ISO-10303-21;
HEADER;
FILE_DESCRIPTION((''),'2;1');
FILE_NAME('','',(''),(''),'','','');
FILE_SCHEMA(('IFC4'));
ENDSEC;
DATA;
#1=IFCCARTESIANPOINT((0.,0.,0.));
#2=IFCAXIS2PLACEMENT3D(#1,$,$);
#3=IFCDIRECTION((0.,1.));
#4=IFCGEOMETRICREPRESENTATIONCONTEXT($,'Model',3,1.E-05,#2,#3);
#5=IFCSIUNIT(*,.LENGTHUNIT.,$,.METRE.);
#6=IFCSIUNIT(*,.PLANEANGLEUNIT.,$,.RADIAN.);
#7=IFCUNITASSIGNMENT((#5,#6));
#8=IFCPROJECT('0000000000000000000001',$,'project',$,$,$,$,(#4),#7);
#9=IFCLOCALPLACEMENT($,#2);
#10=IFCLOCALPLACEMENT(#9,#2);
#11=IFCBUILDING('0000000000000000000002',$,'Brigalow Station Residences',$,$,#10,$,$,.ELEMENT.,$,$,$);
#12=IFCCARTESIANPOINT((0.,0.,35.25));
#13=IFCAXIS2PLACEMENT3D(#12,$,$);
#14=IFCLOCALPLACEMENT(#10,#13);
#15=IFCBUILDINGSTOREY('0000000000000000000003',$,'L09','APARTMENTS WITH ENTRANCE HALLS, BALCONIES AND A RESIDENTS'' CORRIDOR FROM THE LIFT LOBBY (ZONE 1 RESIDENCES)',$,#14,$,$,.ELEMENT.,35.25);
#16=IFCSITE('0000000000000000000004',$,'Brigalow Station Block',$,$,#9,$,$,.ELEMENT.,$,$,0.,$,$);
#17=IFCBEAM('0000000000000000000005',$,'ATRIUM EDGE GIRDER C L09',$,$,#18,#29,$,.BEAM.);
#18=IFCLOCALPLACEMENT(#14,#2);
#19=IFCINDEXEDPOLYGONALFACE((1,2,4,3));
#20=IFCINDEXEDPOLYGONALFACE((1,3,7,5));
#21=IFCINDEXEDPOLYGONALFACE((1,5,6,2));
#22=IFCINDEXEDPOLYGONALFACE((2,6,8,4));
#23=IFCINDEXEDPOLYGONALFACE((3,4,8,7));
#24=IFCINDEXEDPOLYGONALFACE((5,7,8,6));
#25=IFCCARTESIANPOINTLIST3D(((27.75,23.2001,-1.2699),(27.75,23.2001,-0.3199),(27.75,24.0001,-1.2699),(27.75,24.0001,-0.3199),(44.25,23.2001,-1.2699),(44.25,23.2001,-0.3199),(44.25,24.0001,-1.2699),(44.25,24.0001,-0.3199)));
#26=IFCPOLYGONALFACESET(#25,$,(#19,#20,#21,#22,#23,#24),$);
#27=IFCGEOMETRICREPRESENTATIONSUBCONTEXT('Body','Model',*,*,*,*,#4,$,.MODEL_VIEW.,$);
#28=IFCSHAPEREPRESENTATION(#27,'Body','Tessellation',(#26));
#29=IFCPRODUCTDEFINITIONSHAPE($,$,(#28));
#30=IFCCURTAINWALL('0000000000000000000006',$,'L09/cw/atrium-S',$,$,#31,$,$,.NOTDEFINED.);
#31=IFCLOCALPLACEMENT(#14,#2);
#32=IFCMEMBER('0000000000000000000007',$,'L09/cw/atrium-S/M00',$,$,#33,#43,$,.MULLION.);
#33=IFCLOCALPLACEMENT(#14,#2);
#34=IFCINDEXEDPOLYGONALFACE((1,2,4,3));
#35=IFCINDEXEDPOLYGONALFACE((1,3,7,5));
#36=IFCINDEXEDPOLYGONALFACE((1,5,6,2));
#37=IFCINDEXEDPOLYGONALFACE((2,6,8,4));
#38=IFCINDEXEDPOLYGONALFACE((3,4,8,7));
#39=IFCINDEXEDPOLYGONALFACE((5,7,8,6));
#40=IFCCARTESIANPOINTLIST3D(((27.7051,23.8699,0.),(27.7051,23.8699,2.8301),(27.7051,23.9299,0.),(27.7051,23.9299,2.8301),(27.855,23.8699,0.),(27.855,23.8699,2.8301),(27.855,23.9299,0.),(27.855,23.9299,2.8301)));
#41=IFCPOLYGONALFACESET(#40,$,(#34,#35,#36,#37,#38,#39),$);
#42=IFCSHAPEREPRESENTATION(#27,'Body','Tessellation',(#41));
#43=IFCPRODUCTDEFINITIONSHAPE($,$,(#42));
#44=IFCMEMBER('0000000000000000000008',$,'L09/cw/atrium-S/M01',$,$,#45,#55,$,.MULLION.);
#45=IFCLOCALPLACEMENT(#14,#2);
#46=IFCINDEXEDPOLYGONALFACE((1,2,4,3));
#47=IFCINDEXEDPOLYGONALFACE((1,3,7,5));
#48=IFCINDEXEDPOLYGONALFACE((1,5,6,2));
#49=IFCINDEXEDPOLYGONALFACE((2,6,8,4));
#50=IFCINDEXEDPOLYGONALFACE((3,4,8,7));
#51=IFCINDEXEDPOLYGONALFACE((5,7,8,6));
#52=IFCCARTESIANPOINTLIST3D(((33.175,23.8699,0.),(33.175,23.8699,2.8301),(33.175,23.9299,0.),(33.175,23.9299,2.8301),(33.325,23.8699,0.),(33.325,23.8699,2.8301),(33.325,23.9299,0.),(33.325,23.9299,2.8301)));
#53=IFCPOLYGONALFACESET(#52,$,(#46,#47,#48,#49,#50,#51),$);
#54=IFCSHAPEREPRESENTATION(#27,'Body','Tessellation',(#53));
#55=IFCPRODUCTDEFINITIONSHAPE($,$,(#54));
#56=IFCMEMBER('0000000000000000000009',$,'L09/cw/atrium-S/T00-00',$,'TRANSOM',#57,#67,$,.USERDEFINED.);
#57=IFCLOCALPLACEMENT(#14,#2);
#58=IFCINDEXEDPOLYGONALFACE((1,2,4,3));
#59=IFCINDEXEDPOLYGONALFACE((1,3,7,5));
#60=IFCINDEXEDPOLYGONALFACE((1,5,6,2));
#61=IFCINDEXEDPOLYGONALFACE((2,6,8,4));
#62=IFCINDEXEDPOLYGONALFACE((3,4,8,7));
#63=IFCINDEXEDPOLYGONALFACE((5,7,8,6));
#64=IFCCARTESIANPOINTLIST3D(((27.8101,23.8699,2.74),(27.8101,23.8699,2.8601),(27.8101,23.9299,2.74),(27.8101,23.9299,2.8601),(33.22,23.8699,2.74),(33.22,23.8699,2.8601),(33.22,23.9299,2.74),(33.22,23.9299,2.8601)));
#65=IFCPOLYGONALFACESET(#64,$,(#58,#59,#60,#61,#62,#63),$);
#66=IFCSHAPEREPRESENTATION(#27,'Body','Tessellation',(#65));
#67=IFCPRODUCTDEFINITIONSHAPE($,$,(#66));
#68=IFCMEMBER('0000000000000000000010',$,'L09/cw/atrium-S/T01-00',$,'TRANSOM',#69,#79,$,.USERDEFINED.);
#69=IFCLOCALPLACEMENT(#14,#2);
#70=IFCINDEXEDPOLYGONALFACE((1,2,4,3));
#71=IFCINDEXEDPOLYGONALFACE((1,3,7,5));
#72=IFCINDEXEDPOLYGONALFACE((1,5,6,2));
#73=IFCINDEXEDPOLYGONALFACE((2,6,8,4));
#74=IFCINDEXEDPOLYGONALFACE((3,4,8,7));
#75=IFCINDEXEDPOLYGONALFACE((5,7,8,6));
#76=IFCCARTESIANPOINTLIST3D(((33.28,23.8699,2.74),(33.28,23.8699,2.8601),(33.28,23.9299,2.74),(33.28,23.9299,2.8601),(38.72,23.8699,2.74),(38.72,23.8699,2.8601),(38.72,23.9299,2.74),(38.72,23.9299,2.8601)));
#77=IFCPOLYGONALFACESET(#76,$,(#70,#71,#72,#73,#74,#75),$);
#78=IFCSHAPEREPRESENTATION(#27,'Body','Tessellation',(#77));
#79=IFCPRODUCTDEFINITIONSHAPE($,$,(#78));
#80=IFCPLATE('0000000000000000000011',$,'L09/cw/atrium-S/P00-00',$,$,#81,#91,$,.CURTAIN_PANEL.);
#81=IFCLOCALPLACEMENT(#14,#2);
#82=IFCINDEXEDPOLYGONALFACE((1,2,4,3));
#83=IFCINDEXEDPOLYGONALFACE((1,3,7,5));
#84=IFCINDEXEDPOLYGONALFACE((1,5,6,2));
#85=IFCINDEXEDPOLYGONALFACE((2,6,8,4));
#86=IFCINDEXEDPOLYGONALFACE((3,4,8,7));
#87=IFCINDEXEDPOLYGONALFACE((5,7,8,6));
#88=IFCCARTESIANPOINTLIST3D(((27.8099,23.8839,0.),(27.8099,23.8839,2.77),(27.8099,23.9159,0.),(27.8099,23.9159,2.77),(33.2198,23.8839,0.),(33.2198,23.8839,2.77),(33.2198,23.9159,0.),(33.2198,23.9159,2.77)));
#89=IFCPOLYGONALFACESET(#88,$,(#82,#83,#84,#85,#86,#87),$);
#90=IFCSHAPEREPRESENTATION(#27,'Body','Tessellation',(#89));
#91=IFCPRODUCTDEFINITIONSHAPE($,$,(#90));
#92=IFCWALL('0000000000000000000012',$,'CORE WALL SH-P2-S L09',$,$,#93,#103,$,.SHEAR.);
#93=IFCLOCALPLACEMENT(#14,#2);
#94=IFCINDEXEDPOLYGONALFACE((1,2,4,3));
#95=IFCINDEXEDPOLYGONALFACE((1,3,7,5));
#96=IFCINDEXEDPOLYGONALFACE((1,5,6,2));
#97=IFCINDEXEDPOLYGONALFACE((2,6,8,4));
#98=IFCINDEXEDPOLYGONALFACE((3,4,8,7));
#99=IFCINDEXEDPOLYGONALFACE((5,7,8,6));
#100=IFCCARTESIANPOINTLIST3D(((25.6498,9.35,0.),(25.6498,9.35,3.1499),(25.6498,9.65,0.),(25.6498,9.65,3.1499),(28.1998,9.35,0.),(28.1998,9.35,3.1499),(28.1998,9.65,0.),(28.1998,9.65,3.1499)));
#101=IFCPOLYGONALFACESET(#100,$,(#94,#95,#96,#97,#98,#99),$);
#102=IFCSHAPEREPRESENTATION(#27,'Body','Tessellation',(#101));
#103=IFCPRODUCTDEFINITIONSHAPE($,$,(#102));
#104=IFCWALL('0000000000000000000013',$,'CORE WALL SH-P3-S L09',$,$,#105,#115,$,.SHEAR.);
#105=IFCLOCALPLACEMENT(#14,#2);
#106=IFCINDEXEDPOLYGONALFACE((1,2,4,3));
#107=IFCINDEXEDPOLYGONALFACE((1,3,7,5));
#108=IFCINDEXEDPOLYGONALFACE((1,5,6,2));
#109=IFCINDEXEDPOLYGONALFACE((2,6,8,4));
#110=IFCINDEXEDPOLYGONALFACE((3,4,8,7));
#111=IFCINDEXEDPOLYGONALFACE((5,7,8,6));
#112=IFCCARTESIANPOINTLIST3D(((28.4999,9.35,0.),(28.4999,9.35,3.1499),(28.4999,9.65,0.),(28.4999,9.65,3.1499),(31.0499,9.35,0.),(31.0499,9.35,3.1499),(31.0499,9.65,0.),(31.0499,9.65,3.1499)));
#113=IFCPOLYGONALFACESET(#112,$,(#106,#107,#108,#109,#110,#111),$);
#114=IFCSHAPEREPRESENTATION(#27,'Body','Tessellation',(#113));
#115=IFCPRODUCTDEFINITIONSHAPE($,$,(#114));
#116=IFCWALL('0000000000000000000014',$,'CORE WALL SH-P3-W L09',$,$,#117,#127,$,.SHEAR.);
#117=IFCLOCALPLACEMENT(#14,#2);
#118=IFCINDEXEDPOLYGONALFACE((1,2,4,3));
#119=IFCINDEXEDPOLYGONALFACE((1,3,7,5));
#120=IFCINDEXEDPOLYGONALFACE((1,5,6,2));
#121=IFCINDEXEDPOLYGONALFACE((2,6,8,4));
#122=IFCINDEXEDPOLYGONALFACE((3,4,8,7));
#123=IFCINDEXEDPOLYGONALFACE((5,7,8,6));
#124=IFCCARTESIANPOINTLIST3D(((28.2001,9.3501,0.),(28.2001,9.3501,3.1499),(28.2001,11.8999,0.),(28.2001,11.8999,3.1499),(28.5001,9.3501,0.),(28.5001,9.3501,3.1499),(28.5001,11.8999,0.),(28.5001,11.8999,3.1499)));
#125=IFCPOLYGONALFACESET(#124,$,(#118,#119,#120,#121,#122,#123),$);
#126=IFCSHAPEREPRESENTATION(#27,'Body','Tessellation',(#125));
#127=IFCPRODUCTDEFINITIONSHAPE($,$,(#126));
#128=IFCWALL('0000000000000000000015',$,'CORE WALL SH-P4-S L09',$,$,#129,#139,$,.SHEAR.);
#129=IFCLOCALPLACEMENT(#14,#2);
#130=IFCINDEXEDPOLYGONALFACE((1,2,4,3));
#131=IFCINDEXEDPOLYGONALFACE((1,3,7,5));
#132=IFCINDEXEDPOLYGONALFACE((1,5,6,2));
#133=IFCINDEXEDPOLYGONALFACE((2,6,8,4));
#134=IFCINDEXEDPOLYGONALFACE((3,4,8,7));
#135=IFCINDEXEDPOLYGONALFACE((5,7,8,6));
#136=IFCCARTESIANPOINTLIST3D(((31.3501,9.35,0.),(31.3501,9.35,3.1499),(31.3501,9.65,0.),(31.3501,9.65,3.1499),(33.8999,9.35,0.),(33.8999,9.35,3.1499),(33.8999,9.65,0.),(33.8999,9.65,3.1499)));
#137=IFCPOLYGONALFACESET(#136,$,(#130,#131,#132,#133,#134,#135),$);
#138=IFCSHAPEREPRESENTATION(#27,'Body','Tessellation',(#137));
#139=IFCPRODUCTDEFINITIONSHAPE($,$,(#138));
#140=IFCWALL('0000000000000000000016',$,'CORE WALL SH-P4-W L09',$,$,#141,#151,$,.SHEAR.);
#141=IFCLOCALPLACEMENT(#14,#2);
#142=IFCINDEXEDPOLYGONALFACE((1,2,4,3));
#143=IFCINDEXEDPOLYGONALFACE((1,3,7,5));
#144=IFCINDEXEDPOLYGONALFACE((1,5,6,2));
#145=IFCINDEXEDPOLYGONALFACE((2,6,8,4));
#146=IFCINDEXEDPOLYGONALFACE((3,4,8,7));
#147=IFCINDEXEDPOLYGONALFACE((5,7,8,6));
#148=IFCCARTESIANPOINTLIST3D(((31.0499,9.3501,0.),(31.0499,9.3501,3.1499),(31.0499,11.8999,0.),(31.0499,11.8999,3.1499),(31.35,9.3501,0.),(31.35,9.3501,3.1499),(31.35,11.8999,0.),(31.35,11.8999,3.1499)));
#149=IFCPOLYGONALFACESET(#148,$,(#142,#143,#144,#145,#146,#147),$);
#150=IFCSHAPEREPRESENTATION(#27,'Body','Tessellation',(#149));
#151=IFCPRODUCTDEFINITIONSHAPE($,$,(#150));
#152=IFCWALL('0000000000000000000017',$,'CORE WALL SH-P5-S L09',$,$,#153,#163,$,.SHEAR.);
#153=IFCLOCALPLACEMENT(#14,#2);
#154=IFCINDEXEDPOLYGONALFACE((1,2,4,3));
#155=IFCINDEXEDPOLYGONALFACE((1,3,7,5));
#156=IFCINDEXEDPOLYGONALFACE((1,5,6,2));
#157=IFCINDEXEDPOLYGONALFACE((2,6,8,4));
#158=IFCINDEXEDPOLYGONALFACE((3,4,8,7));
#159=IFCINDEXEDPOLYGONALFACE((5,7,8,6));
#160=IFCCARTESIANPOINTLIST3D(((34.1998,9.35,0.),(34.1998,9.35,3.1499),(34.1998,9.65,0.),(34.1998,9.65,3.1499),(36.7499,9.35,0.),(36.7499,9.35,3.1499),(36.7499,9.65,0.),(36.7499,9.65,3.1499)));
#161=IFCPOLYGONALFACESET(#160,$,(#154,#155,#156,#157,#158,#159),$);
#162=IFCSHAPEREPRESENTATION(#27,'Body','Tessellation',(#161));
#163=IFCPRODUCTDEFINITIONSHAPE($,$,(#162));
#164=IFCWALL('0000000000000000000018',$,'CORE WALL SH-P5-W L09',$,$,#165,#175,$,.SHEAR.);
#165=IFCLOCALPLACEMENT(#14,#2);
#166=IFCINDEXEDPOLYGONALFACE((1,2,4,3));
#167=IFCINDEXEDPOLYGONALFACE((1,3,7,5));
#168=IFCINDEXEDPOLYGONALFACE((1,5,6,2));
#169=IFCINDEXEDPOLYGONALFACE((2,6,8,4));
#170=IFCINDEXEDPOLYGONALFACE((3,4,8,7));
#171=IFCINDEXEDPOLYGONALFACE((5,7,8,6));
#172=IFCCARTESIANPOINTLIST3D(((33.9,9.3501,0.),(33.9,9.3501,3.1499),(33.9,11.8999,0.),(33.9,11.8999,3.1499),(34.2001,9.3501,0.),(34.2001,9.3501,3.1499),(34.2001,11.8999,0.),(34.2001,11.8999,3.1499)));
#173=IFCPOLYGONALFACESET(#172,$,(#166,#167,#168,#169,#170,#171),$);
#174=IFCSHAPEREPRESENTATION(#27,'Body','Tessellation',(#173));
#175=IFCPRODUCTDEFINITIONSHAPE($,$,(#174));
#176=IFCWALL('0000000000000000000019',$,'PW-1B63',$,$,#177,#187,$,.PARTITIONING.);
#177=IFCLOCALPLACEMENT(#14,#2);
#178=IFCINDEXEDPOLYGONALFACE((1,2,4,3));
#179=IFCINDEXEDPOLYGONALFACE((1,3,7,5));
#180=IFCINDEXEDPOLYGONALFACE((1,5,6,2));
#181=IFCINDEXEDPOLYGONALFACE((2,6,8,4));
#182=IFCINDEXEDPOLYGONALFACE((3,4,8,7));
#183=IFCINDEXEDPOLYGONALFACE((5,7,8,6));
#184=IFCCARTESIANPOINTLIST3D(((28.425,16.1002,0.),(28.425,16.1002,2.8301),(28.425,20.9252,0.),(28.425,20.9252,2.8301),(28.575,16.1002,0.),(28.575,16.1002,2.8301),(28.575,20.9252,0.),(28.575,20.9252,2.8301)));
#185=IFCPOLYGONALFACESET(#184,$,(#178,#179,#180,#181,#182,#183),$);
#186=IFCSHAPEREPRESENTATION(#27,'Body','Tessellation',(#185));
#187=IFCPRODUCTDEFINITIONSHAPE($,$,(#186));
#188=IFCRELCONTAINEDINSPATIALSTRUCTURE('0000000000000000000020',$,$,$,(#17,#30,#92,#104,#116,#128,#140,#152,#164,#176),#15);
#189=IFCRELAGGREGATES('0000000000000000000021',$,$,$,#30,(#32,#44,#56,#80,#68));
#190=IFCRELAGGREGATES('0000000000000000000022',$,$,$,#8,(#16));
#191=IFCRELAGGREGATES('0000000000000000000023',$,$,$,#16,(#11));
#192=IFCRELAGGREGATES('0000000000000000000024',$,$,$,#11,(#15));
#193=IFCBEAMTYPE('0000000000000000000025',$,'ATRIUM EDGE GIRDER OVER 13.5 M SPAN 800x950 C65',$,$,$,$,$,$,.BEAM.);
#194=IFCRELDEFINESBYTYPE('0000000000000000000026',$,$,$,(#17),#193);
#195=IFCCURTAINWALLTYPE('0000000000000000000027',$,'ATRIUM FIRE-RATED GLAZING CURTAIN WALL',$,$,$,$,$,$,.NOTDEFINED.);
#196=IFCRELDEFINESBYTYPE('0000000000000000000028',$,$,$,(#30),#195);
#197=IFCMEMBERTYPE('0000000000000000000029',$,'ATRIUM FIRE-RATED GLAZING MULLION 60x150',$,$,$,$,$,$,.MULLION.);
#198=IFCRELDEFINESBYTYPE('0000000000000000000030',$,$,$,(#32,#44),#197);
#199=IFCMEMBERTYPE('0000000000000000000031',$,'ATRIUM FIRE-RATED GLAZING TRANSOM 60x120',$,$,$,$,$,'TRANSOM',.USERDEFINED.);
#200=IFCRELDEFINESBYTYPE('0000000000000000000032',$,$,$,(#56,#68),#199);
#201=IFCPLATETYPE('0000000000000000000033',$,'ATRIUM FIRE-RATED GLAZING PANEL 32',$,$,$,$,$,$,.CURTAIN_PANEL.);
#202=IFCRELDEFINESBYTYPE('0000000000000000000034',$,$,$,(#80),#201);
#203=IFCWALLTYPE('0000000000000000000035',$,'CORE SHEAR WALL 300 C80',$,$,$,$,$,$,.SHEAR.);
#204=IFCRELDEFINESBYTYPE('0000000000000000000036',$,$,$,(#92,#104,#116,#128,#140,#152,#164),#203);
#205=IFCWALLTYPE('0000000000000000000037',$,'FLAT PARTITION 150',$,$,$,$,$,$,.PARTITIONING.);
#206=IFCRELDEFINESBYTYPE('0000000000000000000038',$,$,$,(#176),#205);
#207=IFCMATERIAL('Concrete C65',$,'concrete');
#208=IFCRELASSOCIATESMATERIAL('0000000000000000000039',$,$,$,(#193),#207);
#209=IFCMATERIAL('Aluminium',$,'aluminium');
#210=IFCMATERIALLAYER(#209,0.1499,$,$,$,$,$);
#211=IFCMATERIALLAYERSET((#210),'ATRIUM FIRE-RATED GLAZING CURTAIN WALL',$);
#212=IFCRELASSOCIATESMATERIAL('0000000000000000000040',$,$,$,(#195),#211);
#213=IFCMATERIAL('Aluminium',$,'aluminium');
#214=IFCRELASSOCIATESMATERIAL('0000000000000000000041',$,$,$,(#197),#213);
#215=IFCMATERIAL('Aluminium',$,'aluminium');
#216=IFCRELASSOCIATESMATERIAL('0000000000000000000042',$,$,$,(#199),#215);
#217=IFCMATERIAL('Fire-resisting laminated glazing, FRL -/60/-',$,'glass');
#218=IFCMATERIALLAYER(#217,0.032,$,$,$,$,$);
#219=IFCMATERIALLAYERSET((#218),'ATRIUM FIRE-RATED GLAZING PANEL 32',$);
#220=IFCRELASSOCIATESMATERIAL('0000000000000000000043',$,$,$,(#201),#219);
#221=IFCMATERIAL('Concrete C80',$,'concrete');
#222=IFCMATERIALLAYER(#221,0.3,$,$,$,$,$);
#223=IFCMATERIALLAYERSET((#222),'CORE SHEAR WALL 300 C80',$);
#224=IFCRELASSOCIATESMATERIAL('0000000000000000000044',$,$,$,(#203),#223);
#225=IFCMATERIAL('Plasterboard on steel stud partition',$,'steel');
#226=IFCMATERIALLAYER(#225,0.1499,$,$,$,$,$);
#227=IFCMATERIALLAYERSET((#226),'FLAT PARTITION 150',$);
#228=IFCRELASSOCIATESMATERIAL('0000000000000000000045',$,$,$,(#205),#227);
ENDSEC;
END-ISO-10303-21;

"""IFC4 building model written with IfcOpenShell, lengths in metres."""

from ifc_helpers import new_model, si_unit, direction, frame, frame_2d, origin, origin_2d, place, context, subcontext, project, spatial, rectangle, extrude, material, layer, layer_set, material_profile, profile_set, type_object, element, aggregate, save


model = new_model("IFC4")

# Units and contexts
model_context = context("Model", 3, precision=1e-05, world=origin(), true_north=direction((0.0, 1.0)))
body_context = subcontext(model_context, "Body", "Model", "MODEL_VIEW")
ifc_project = project(units=[si_unit("LENGTHUNIT", "METRE"), si_unit("PLANEANGLEUNIT", "RADIAN")], contexts=[model_context])

# Site, building, storey
site_placement = place(None, origin())
site = spatial("IfcSite", under=ifc_project, at=site_placement, Name="Brigalow Station Block", CompositionType="ELEMENT", RefElevation=0.0)
building_placement = place(site_placement, origin())
building = spatial("IfcBuilding", under=site, at=building_placement, Name="Brigalow Station Residences", CompositionType="ELEMENT")
storey_placement = place(building_placement, frame((0.0, 0.0, 35.25)))
storey = spatial("IfcBuildingStorey", under=building, at=storey_placement, Name="L09", Description="APARTMENTS WITH ENTRANCE HALLS, BALCONIES AND A RESIDENTS' CORRIDOR FROM THE LIFT LOBBY (ZONE 1 RESIDENCES)", CompositionType="ELEMENT", Elevation=35.25)

# Beam
ifc_material_1 = material(Name="Concrete C65", Category="concrete")
ifc_material_profile_1 = material_profile(ifc_material_1, rectangle(XDim=0.8, YDim=0.95, at=origin_2d()), Name="RC800x950")
ifc_profile_set_1 = profile_set([ifc_material_profile_1], Name="Concrete C65")
beam_type = type_object("IfcBeamType", Name="ATRIUM EDGE GIRDER OVER 13.5 M SPAN 800x950 C65", PredefinedType="BEAM", material=ifc_profile_set_1)
beam_placement = place(storey_placement, frame((27.75, 23.6001, -0.7949), z_axis=(1.0, 0.0, 0.0), x_axis=(0.0, 1.0, 0.0)))
element("IfcBeam", 1, at=beam_placement, inside=storey, type_object=beam_type, Name="ATRIUM EDGE GIRDER C L09", PredefinedType="BEAM", context=body_context, shape_type="SweptSolid", body=[
    extrude(rectangle(XDim=0.8, YDim=0.95, at=origin_2d()), origin(), (0.0, 0.0, 1.0), 16.5),
])

# Curtain wall, members, plate
ifc_material_2 = material(Name="Aluminium", Category="aluminium")
ifc_layer_1 = layer(ifc_material_2, 0.1499)
ifc_layer_set_1 = layer_set([ifc_layer_1], Name="ATRIUM FIRE-RATED GLAZING CURTAIN WALL")
curtain_wall_type = type_object("IfcCurtainWallType", Name="ATRIUM FIRE-RATED GLAZING CURTAIN WALL", PredefinedType="NOTDEFINED", material=ifc_layer_set_1)
curtain_wall_placement = place(storey_placement, origin())
curtain_wall = element("IfcCurtainWall", 2, at=curtain_wall_placement, inside=storey, type_object=curtain_wall_type, Name="L09/cw/atrium-S", PredefinedType="NOTDEFINED")
ifc_material_3 = material(Name="Aluminium", Category="aluminium")
ifc_material_profile_2 = material_profile(ifc_material_3, rectangle(XDim=0.0601, YDim=0.1499, at=origin_2d()), Name="ATRIUM FIRE-RATED GLAZING MULLION 60x150")
ifc_profile_set_2 = profile_set([ifc_material_profile_2], Name="Aluminium")
member_type_1 = type_object("IfcMemberType", Name="ATRIUM FIRE-RATED GLAZING MULLION 60x150", PredefinedType="MULLION", material=ifc_profile_set_2)
member_1_placement = place(storey_placement, frame((27.78, 23.8999, 0.0), z_axis=(0.0, 0.0, 1.0), x_axis=(0.0, 1.0, 0.0)))
member_1 = element("IfcMember", 3, at=member_1_placement, type_object=member_type_1, Name="L09/cw/atrium-S/M00", PredefinedType="MULLION", context=body_context, shape_type="SweptSolid", body=[
    extrude(rectangle(XDim=0.0601, YDim=0.1499, at=origin_2d()), origin(), (0.0, 0.0, 1.0), 2.8301),
])
member_2_placement = place(storey_placement, frame((33.25, 23.8999, 0.0), z_axis=(0.0, 0.0, 1.0), x_axis=(0.0, 1.0, 0.0)))
member_2 = element("IfcMember", 4, at=member_2_placement, type_object=member_type_1, Name="L09/cw/atrium-S/M01", PredefinedType="MULLION", context=body_context, shape_type="SweptSolid", body=[
    extrude(rectangle(XDim=0.0601, YDim=0.1499, at=origin_2d()), origin(), (0.0, 0.0, 1.0), 2.8301),
])
ifc_material_4 = material(Name="Aluminium", Category="aluminium")
ifc_material_profile_3 = material_profile(ifc_material_4, rectangle(XDim=0.0601, YDim=0.1201, at=origin_2d()), Name="ATRIUM FIRE-RATED GLAZING TRANSOM 60x120")
ifc_profile_set_3 = profile_set([ifc_material_profile_3], Name="Aluminium")
member_type_2 = type_object("IfcMemberType", Name="ATRIUM FIRE-RATED GLAZING TRANSOM 60x120", ElementType="TRANSOM", PredefinedType="USERDEFINED", material=ifc_profile_set_3)
member_3_placement = place(storey_placement, frame((27.8101, 23.8999, 2.8), z_axis=(1.0, 0.0, 0.0), x_axis=(0.0, 1.0, 0.0)))
member_3 = element("IfcMember", 5, at=member_3_placement, type_object=member_type_2, Name="L09/cw/atrium-S/T00-00", ObjectType="TRANSOM", PredefinedType="USERDEFINED", context=body_context, shape_type="SweptSolid", body=[
    extrude(rectangle(XDim=0.0601, YDim=0.1201, at=origin_2d()), origin(), (0.0, 0.0, 1.0), 5.4099),
])
member_4_placement = place(storey_placement, frame((33.28, 23.8999, 2.8), z_axis=(1.0, 0.0, 0.0), x_axis=(0.0, 1.0, 0.0)))
member_4 = element("IfcMember", 6, at=member_4_placement, type_object=member_type_2, Name="L09/cw/atrium-S/T01-00", ObjectType="TRANSOM", PredefinedType="USERDEFINED", context=body_context, shape_type="SweptSolid", body=[
    extrude(rectangle(XDim=0.0601, YDim=0.1201, at=origin_2d()), origin(), (0.0, 0.0, 1.0), 5.4399),
])
ifc_material_5 = material(Name="Fire-resisting laminated glazing, FRL -/60/-", Category="glass")
ifc_layer_2 = layer(ifc_material_5, 0.032)
ifc_layer_set_2 = layer_set([ifc_layer_2], Name="ATRIUM FIRE-RATED GLAZING PANEL 32")
plate_type = type_object("IfcPlateType", Name="ATRIUM FIRE-RATED GLAZING PANEL 32", PredefinedType="CURTAIN_PANEL", material=ifc_layer_set_2)
plate_placement = place(storey_placement, frame((30.5149, 23.8999, 0.0), z_axis=(0.0, 0.0, 1.0), x_axis=(1.0, 0.0, 0.0)))
plate = element("IfcPlate", 7, at=plate_placement, type_object=plate_type, Name="L09/cw/atrium-S/P00-00", PredefinedType="CURTAIN_PANEL", context=body_context, shape_type="SweptSolid", body=[
    extrude(rectangle(XDim=5.4099, YDim=0.032, at=origin_2d()), origin(), (0.0, 0.0, 1.0), 2.77),
])
aggregate(curtain_wall, [member_1, member_2, member_3, plate, member_4])

# Walls
ifc_material_6 = material(Name="Concrete C80", Category="concrete")
ifc_layer_3 = layer(ifc_material_6, 0.3)
ifc_layer_set_3 = layer_set([ifc_layer_3], Name="CORE SHEAR WALL 300 C80")
wall_type_1 = type_object("IfcWallType", Name="CORE SHEAR WALL 300 C80", PredefinedType="SHEAR", material=ifc_layer_set_3)
for number, where, z_axis, x_axis, name in (
    (8, (25.6499, 9.5, 0.0), (0.0, 0.0, 1.0), (1.0, 0.0, 0.0), "CORE WALL SH-P2-S L09"),
    (9, (28.5, 9.5, 0.0), (0.0, 0.0, 1.0), (1.0, 0.0, 0.0), "CORE WALL SH-P3-S L09"),
):
    element("IfcWall", number, at=place(storey_placement, frame(where, z_axis=z_axis, x_axis=x_axis)), inside=storey, type_object=wall_type_1, Name=name, PredefinedType="SHEAR", context=body_context, shape_type="SweptSolid", body=[
        extrude(rectangle(XDim=2.55, YDim=0.3, at=frame_2d((1.2749, 0.0))), origin(), (0.0, 0.0, 1.0), 3.1499),
    ])
for number, where, z_axis, x_axis, name in (
    (10, (28.3501, 9.3501, 0.0), (0.0, 0.0, 1.0), (0.0, 1.0, 0.0), "CORE WALL SH-P3-W L09"),
    (11, (31.3501, 9.5, 0.0), (0.0, 0.0, 1.0), (1.0, 0.0, 0.0), "CORE WALL SH-P4-S L09"),
    (12, (31.2, 9.3501, 0.0), (0.0, 0.0, 1.0), (0.0, 1.0, 0.0), "CORE WALL SH-P4-W L09"),
):
    element("IfcWall", number, at=place(storey_placement, frame(where, z_axis=z_axis, x_axis=x_axis)), inside=storey, type_object=wall_type_1, Name=name, PredefinedType="SHEAR", context=body_context, shape_type="SweptSolid", body=[
        extrude(rectangle(XDim=2.5498, YDim=0.3, at=frame_2d((1.2749, 0.0))), origin(), (0.0, 0.0, 1.0), 3.1499),
    ])
wall_1_placement = place(storey_placement, frame((34.2, 9.5, 0.0), z_axis=(0.0, 0.0, 1.0), x_axis=(1.0, 0.0, 0.0)))
element("IfcWall", 13, at=wall_1_placement, inside=storey, type_object=wall_type_1, Name="CORE WALL SH-P5-S L09", PredefinedType="SHEAR", context=body_context, shape_type="SweptSolid", body=[
    extrude(rectangle(XDim=2.55, YDim=0.3, at=frame_2d((1.2749, 0.0))), origin(), (0.0, 0.0, 1.0), 3.1499),
])
wall_2_placement = place(storey_placement, frame((34.05, 9.3501, 0.0), z_axis=(0.0, 0.0, 1.0), x_axis=(0.0, 1.0, 0.0)))
element("IfcWall", 14, at=wall_2_placement, inside=storey, type_object=wall_type_1, Name="CORE WALL SH-P5-W L09", PredefinedType="SHEAR", context=body_context, shape_type="SweptSolid", body=[
    extrude(rectangle(XDim=2.5498, YDim=0.3, at=frame_2d((1.2749, 0.0))), origin(), (0.0, 0.0, 1.0), 3.1499),
])
ifc_material_7 = material(Name="Plasterboard on steel stud partition", Category="steel")
ifc_layer_4 = layer(ifc_material_7, 0.1499)
ifc_layer_set_4 = layer_set([ifc_layer_4], Name="FLAT PARTITION 150")
wall_type_2 = type_object("IfcWallType", Name="FLAT PARTITION 150", PredefinedType="PARTITIONING", material=ifc_layer_set_4)
wall_3_placement = place(storey_placement, frame((28.5, 16.1001, 0.0), z_axis=(0.0, 0.0, 1.0), x_axis=(0.0, 1.0, 0.0)))
element("IfcWall", 15, at=wall_3_placement, inside=storey, type_object=wall_type_2, Name="PW-1B63", PredefinedType="PARTITIONING", context=body_context, shape_type="SweptSolid", body=[
    extrude(rectangle(XDim=4.825, YDim=0.1499, at=frame_2d((2.4126, 0.0))), origin(), (0.0, 0.0, 1.0), 2.8301),
])

save(model, "model.ifc")
